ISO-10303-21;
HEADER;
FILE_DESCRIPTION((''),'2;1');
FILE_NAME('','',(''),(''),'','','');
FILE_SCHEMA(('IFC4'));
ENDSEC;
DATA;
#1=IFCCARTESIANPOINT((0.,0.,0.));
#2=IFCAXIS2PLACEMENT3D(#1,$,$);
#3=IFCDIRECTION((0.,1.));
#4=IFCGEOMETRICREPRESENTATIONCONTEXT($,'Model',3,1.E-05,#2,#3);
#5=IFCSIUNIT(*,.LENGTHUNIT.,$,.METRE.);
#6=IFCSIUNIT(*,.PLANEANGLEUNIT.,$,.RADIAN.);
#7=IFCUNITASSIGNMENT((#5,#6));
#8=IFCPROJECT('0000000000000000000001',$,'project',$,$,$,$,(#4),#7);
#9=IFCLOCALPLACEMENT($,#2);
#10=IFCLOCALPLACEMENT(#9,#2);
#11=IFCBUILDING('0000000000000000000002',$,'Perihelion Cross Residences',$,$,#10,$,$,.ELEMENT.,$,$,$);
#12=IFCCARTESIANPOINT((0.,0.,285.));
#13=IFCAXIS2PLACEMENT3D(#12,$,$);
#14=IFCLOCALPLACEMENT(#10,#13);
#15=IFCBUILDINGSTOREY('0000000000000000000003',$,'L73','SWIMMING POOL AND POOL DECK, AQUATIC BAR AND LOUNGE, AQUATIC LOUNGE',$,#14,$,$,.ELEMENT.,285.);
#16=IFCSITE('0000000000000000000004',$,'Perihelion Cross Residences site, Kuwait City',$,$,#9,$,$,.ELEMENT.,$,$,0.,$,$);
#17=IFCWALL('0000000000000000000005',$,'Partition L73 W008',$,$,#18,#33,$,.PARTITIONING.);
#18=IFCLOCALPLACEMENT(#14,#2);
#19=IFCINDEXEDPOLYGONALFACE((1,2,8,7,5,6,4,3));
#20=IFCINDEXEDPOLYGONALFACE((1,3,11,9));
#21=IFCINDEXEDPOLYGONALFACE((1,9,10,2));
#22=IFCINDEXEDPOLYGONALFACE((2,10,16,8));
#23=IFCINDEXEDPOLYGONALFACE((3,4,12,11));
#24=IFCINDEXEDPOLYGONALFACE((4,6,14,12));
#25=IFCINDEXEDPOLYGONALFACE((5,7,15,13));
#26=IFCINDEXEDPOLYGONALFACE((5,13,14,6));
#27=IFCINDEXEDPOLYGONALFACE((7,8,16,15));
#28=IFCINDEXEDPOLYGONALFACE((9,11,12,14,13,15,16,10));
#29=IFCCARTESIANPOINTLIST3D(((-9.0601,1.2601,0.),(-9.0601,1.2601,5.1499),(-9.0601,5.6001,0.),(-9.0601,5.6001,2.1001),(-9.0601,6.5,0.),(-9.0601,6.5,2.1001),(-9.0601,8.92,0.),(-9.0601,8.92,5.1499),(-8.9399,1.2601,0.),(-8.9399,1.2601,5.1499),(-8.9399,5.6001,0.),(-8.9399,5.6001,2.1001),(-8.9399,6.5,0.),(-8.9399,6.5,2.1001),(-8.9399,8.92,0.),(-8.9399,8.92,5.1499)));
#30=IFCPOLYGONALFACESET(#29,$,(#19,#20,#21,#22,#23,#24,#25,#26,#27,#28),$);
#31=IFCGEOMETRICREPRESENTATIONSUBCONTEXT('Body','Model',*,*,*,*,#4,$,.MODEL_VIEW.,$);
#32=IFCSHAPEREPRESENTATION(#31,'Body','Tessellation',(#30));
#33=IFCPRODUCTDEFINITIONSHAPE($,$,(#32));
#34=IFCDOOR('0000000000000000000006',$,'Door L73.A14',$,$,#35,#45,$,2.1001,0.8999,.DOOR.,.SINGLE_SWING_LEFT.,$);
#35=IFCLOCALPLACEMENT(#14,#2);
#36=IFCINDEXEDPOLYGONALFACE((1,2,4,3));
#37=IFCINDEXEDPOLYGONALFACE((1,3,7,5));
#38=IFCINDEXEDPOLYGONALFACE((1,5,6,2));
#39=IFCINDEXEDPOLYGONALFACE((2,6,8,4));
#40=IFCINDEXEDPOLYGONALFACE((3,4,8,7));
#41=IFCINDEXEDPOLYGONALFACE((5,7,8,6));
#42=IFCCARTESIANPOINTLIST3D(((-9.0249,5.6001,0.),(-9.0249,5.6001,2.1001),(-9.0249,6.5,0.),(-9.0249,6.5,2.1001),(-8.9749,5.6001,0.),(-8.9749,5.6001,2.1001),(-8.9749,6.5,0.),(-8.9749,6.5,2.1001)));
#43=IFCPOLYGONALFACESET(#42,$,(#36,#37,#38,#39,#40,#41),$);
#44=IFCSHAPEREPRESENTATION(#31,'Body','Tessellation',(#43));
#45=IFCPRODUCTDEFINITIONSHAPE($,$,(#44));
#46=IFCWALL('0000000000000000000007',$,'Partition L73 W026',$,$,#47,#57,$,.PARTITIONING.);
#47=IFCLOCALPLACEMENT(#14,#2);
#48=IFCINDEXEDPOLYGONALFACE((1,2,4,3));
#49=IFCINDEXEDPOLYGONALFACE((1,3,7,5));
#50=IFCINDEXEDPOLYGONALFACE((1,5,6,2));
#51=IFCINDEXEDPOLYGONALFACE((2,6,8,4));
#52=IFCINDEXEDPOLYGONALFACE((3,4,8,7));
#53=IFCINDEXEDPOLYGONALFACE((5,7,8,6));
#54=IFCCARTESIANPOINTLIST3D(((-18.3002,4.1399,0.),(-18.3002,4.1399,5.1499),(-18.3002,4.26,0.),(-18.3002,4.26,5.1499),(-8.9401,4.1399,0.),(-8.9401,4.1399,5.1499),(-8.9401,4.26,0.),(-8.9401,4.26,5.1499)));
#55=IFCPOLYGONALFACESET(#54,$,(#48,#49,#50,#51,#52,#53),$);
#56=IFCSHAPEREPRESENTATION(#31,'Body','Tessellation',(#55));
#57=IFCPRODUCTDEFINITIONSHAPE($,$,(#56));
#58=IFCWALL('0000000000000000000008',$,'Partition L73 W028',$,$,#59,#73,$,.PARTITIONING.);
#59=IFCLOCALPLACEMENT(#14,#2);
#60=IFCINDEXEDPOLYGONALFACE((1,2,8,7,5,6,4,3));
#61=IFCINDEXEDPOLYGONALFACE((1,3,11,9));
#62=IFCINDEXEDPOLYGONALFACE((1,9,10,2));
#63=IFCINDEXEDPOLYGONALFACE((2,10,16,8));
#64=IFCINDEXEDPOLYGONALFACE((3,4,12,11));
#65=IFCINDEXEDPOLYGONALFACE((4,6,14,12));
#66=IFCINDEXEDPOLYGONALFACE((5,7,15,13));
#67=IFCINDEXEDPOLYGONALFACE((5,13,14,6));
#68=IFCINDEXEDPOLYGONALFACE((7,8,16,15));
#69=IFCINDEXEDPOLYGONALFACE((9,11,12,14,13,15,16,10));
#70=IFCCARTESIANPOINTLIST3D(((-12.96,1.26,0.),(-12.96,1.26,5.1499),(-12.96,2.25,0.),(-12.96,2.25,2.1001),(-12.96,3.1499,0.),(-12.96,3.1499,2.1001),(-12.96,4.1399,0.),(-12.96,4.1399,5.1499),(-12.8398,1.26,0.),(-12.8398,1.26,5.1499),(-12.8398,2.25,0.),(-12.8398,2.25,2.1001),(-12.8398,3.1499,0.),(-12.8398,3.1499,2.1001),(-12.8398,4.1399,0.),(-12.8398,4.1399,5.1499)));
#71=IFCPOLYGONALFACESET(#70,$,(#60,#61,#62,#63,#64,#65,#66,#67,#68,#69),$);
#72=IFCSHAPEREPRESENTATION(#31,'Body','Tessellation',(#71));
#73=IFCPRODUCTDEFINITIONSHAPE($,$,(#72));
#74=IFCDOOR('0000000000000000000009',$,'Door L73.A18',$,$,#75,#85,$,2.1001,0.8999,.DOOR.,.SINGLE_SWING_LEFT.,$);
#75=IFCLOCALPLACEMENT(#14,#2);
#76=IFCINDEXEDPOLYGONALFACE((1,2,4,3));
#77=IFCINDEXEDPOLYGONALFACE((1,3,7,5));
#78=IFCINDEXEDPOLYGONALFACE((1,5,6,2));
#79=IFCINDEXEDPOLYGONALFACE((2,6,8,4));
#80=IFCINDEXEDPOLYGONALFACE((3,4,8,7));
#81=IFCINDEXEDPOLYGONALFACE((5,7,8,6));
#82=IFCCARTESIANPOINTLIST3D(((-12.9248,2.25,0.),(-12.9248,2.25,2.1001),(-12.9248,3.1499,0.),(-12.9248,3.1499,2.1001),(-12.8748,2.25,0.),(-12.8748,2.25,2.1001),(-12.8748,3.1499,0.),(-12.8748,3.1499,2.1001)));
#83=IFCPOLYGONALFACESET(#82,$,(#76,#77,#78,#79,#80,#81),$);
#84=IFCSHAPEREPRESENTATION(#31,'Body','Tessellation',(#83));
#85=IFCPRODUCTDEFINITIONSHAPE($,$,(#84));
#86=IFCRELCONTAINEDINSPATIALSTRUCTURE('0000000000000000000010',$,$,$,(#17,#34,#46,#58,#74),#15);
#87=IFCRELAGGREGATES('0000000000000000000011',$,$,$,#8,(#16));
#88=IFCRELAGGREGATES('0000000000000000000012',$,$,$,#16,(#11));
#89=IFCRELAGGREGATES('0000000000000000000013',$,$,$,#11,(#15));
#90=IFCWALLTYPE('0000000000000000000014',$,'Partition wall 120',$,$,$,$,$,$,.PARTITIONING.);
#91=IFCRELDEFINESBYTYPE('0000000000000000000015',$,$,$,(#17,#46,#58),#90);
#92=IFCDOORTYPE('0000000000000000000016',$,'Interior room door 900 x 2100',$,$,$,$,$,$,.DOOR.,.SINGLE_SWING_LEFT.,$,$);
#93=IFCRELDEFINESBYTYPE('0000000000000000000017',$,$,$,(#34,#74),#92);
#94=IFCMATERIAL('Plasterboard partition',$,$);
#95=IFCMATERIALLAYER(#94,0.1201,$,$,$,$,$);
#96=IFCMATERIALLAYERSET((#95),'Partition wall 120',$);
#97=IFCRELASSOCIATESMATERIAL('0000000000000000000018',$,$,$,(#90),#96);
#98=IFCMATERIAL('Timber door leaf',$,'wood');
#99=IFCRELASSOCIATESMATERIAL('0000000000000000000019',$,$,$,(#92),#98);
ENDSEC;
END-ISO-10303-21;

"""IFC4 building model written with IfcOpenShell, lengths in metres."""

from ifc_helpers import new_model, si_unit, direction, frame, frame_2d, origin, place, context, subcontext, project, spatial, rectangle, extrude, material, layer, layer_set, type_object, element, fill, save


model = new_model("IFC4")

# Units and contexts
model_context = context("Model", 3, precision=1e-05, world=origin(), true_north=direction((0.0, 1.0)))
body_context = subcontext(model_context, "Body", "Model", "MODEL_VIEW")
ifc_project = project(units=[si_unit("LENGTHUNIT", "METRE"), si_unit("PLANEANGLEUNIT", "RADIAN")], contexts=[model_context])

# Site, building, storey
site_placement = place(None, origin())
site = spatial("IfcSite", under=ifc_project, at=site_placement, Name="Perihelion Cross Residences site, Kuwait City", CompositionType="ELEMENT", RefElevation=0.0)
building_placement = place(site_placement, origin())
building = spatial("IfcBuilding", under=site, at=building_placement, Name="Perihelion Cross Residences", CompositionType="ELEMENT")
storey_placement = place(building_placement, frame((0.0, 0.0, 285.0)))
storey = spatial("IfcBuildingStorey", under=building, at=storey_placement, Name="L73", Description="SWIMMING POOL AND POOL DECK, AQUATIC BAR AND LOUNGE, AQUATIC LOUNGE", CompositionType="ELEMENT", Elevation=285.0)

# Wall, opening, door
ifc_material_1 = material(Name="Plasterboard partition")
ifc_layer_1 = layer(ifc_material_1, 0.1201)
ifc_layer_set_1 = layer_set([ifc_layer_1], Name="Partition wall 120")
wall_type = type_object("IfcWallType", Name="Partition wall 120", PredefinedType="PARTITIONING", material=ifc_layer_set_1)
wall_1_placement = place(storey_placement, frame((-9.0, 1.26, 0.0), z_axis=(0.0, 0.0, 1.0), x_axis=(0.0, 1.0, 0.0)))
wall_1 = element("IfcWall", 1, at=wall_1_placement, inside=storey, type_object=wall_type, Name="Partition L73 W008", PredefinedType="PARTITIONING", context=body_context, shape_type="SweptSolid", body=[
    extrude(rectangle(XDim=7.6599, YDim=0.1201, at=frame_2d((3.8301, 0.0))), origin(), (0.0, 0.0, 1.0), 5.1499),
])
opening_1_placement = place(wall_1_placement, frame((4.3401, 0.0, 0.0)))
opening_1 = element("IfcOpeningElement", 2, at=opening_1_placement, cuts=wall_1, PredefinedType="OPENING", context=body_context, shape_type="SweptSolid", body=[
    extrude(rectangle(XDim=0.8999, YDim=2.1001, at=frame_2d((0.45, 1.05))), frame((0.0, 0.0701, 0.0), z_axis=(0.0, -1.0, 0.0), x_axis=(1.0, 0.0, 0.0)), (0.0, 0.0, 1.0), 0.1401),
])
ifc_material_2 = material(Name="Timber door leaf", Category="wood")
door_type = type_object("IfcDoorType", Name="Interior room door 900 x 2100", OperationType="SINGLE_SWING_LEFT", PredefinedType="DOOR", material=ifc_material_2)
door_1_placement = place(opening_1_placement, origin())
door_1 = element("IfcDoor", 3, at=door_1_placement, inside=storey, type_object=door_type, Name="Door L73.A14", OperationType="SINGLE_SWING_LEFT", OverallHeight=2.1001, OverallWidth=0.8999, PredefinedType="DOOR", context=body_context, shape_type="SweptSolid", body=[
    extrude(rectangle(XDim=0.8999, YDim=2.1001, at=frame_2d((0.45, 1.05))), frame((0.0, 0.0249, 0.0), z_axis=(0.0, -1.0, 0.0), x_axis=(1.0, 0.0, 0.0)), (0.0, 0.0, 1.0), 0.05),
])
fill(opening_1, door_1)

# Wall
wall_2_placement = place(storey_placement, frame((-8.9399, 4.2, 0.0), z_axis=(0.0, 0.0, 1.0), x_axis=(-1.0, 0.0, 0.0)))
element("IfcWall", 4, at=wall_2_placement, inside=storey, type_object=wall_type, Name="Partition L73 W026", PredefinedType="PARTITIONING", context=body_context, shape_type="SweptSolid", body=[
    extrude(rectangle(XDim=9.3601, YDim=0.1201, at=frame_2d((4.6802, 0.0))), origin(), (0.0, 0.0, 1.0), 5.1499),
])

# Wall, opening, door
wall_3_placement = place(storey_placement, frame((-12.8999, 1.26, 0.0), z_axis=(0.0, 0.0, 1.0), x_axis=(0.0, 1.0, 0.0)))
wall_3 = element("IfcWall", 5, at=wall_3_placement, inside=storey, type_object=wall_type, Name="Partition L73 W028", PredefinedType="PARTITIONING", context=body_context, shape_type="SweptSolid", body=[
    extrude(rectangle(XDim=2.8799, YDim=0.1201, at=frame_2d((1.4399, 0.0))), origin(), (0.0, 0.0, 1.0), 5.1499),
])
opening_2_placement = place(wall_3_placement, frame((0.99, 0.0, 0.0)))
opening_2 = element("IfcOpeningElement", 6, at=opening_2_placement, cuts=wall_3, PredefinedType="OPENING", context=body_context, shape_type="SweptSolid", body=[
    extrude(rectangle(XDim=0.8999, YDim=2.1001, at=frame_2d((0.45, 1.05))), frame((0.0, 0.0701, 0.0), z_axis=(0.0, -1.0, 0.0), x_axis=(1.0, 0.0, 0.0)), (0.0, 0.0, 1.0), 0.1401),
])
door_2_placement = place(opening_2_placement, origin())
door_2 = element("IfcDoor", 7, at=door_2_placement, inside=storey, type_object=door_type, Name="Door L73.A18", OperationType="SINGLE_SWING_LEFT", OverallHeight=2.1001, OverallWidth=0.8999, PredefinedType="DOOR", context=body_context, shape_type="SweptSolid", body=[
    extrude(rectangle(XDim=0.8999, YDim=2.1001, at=frame_2d((0.45, 1.05))), frame((0.0, 0.0249, 0.0), z_axis=(0.0, -1.0, 0.0), x_axis=(1.0, 0.0, 0.0)), (0.0, 0.0, 1.0), 0.05),
])
fill(opening_2, door_2)

save(model, "model.ifc")
